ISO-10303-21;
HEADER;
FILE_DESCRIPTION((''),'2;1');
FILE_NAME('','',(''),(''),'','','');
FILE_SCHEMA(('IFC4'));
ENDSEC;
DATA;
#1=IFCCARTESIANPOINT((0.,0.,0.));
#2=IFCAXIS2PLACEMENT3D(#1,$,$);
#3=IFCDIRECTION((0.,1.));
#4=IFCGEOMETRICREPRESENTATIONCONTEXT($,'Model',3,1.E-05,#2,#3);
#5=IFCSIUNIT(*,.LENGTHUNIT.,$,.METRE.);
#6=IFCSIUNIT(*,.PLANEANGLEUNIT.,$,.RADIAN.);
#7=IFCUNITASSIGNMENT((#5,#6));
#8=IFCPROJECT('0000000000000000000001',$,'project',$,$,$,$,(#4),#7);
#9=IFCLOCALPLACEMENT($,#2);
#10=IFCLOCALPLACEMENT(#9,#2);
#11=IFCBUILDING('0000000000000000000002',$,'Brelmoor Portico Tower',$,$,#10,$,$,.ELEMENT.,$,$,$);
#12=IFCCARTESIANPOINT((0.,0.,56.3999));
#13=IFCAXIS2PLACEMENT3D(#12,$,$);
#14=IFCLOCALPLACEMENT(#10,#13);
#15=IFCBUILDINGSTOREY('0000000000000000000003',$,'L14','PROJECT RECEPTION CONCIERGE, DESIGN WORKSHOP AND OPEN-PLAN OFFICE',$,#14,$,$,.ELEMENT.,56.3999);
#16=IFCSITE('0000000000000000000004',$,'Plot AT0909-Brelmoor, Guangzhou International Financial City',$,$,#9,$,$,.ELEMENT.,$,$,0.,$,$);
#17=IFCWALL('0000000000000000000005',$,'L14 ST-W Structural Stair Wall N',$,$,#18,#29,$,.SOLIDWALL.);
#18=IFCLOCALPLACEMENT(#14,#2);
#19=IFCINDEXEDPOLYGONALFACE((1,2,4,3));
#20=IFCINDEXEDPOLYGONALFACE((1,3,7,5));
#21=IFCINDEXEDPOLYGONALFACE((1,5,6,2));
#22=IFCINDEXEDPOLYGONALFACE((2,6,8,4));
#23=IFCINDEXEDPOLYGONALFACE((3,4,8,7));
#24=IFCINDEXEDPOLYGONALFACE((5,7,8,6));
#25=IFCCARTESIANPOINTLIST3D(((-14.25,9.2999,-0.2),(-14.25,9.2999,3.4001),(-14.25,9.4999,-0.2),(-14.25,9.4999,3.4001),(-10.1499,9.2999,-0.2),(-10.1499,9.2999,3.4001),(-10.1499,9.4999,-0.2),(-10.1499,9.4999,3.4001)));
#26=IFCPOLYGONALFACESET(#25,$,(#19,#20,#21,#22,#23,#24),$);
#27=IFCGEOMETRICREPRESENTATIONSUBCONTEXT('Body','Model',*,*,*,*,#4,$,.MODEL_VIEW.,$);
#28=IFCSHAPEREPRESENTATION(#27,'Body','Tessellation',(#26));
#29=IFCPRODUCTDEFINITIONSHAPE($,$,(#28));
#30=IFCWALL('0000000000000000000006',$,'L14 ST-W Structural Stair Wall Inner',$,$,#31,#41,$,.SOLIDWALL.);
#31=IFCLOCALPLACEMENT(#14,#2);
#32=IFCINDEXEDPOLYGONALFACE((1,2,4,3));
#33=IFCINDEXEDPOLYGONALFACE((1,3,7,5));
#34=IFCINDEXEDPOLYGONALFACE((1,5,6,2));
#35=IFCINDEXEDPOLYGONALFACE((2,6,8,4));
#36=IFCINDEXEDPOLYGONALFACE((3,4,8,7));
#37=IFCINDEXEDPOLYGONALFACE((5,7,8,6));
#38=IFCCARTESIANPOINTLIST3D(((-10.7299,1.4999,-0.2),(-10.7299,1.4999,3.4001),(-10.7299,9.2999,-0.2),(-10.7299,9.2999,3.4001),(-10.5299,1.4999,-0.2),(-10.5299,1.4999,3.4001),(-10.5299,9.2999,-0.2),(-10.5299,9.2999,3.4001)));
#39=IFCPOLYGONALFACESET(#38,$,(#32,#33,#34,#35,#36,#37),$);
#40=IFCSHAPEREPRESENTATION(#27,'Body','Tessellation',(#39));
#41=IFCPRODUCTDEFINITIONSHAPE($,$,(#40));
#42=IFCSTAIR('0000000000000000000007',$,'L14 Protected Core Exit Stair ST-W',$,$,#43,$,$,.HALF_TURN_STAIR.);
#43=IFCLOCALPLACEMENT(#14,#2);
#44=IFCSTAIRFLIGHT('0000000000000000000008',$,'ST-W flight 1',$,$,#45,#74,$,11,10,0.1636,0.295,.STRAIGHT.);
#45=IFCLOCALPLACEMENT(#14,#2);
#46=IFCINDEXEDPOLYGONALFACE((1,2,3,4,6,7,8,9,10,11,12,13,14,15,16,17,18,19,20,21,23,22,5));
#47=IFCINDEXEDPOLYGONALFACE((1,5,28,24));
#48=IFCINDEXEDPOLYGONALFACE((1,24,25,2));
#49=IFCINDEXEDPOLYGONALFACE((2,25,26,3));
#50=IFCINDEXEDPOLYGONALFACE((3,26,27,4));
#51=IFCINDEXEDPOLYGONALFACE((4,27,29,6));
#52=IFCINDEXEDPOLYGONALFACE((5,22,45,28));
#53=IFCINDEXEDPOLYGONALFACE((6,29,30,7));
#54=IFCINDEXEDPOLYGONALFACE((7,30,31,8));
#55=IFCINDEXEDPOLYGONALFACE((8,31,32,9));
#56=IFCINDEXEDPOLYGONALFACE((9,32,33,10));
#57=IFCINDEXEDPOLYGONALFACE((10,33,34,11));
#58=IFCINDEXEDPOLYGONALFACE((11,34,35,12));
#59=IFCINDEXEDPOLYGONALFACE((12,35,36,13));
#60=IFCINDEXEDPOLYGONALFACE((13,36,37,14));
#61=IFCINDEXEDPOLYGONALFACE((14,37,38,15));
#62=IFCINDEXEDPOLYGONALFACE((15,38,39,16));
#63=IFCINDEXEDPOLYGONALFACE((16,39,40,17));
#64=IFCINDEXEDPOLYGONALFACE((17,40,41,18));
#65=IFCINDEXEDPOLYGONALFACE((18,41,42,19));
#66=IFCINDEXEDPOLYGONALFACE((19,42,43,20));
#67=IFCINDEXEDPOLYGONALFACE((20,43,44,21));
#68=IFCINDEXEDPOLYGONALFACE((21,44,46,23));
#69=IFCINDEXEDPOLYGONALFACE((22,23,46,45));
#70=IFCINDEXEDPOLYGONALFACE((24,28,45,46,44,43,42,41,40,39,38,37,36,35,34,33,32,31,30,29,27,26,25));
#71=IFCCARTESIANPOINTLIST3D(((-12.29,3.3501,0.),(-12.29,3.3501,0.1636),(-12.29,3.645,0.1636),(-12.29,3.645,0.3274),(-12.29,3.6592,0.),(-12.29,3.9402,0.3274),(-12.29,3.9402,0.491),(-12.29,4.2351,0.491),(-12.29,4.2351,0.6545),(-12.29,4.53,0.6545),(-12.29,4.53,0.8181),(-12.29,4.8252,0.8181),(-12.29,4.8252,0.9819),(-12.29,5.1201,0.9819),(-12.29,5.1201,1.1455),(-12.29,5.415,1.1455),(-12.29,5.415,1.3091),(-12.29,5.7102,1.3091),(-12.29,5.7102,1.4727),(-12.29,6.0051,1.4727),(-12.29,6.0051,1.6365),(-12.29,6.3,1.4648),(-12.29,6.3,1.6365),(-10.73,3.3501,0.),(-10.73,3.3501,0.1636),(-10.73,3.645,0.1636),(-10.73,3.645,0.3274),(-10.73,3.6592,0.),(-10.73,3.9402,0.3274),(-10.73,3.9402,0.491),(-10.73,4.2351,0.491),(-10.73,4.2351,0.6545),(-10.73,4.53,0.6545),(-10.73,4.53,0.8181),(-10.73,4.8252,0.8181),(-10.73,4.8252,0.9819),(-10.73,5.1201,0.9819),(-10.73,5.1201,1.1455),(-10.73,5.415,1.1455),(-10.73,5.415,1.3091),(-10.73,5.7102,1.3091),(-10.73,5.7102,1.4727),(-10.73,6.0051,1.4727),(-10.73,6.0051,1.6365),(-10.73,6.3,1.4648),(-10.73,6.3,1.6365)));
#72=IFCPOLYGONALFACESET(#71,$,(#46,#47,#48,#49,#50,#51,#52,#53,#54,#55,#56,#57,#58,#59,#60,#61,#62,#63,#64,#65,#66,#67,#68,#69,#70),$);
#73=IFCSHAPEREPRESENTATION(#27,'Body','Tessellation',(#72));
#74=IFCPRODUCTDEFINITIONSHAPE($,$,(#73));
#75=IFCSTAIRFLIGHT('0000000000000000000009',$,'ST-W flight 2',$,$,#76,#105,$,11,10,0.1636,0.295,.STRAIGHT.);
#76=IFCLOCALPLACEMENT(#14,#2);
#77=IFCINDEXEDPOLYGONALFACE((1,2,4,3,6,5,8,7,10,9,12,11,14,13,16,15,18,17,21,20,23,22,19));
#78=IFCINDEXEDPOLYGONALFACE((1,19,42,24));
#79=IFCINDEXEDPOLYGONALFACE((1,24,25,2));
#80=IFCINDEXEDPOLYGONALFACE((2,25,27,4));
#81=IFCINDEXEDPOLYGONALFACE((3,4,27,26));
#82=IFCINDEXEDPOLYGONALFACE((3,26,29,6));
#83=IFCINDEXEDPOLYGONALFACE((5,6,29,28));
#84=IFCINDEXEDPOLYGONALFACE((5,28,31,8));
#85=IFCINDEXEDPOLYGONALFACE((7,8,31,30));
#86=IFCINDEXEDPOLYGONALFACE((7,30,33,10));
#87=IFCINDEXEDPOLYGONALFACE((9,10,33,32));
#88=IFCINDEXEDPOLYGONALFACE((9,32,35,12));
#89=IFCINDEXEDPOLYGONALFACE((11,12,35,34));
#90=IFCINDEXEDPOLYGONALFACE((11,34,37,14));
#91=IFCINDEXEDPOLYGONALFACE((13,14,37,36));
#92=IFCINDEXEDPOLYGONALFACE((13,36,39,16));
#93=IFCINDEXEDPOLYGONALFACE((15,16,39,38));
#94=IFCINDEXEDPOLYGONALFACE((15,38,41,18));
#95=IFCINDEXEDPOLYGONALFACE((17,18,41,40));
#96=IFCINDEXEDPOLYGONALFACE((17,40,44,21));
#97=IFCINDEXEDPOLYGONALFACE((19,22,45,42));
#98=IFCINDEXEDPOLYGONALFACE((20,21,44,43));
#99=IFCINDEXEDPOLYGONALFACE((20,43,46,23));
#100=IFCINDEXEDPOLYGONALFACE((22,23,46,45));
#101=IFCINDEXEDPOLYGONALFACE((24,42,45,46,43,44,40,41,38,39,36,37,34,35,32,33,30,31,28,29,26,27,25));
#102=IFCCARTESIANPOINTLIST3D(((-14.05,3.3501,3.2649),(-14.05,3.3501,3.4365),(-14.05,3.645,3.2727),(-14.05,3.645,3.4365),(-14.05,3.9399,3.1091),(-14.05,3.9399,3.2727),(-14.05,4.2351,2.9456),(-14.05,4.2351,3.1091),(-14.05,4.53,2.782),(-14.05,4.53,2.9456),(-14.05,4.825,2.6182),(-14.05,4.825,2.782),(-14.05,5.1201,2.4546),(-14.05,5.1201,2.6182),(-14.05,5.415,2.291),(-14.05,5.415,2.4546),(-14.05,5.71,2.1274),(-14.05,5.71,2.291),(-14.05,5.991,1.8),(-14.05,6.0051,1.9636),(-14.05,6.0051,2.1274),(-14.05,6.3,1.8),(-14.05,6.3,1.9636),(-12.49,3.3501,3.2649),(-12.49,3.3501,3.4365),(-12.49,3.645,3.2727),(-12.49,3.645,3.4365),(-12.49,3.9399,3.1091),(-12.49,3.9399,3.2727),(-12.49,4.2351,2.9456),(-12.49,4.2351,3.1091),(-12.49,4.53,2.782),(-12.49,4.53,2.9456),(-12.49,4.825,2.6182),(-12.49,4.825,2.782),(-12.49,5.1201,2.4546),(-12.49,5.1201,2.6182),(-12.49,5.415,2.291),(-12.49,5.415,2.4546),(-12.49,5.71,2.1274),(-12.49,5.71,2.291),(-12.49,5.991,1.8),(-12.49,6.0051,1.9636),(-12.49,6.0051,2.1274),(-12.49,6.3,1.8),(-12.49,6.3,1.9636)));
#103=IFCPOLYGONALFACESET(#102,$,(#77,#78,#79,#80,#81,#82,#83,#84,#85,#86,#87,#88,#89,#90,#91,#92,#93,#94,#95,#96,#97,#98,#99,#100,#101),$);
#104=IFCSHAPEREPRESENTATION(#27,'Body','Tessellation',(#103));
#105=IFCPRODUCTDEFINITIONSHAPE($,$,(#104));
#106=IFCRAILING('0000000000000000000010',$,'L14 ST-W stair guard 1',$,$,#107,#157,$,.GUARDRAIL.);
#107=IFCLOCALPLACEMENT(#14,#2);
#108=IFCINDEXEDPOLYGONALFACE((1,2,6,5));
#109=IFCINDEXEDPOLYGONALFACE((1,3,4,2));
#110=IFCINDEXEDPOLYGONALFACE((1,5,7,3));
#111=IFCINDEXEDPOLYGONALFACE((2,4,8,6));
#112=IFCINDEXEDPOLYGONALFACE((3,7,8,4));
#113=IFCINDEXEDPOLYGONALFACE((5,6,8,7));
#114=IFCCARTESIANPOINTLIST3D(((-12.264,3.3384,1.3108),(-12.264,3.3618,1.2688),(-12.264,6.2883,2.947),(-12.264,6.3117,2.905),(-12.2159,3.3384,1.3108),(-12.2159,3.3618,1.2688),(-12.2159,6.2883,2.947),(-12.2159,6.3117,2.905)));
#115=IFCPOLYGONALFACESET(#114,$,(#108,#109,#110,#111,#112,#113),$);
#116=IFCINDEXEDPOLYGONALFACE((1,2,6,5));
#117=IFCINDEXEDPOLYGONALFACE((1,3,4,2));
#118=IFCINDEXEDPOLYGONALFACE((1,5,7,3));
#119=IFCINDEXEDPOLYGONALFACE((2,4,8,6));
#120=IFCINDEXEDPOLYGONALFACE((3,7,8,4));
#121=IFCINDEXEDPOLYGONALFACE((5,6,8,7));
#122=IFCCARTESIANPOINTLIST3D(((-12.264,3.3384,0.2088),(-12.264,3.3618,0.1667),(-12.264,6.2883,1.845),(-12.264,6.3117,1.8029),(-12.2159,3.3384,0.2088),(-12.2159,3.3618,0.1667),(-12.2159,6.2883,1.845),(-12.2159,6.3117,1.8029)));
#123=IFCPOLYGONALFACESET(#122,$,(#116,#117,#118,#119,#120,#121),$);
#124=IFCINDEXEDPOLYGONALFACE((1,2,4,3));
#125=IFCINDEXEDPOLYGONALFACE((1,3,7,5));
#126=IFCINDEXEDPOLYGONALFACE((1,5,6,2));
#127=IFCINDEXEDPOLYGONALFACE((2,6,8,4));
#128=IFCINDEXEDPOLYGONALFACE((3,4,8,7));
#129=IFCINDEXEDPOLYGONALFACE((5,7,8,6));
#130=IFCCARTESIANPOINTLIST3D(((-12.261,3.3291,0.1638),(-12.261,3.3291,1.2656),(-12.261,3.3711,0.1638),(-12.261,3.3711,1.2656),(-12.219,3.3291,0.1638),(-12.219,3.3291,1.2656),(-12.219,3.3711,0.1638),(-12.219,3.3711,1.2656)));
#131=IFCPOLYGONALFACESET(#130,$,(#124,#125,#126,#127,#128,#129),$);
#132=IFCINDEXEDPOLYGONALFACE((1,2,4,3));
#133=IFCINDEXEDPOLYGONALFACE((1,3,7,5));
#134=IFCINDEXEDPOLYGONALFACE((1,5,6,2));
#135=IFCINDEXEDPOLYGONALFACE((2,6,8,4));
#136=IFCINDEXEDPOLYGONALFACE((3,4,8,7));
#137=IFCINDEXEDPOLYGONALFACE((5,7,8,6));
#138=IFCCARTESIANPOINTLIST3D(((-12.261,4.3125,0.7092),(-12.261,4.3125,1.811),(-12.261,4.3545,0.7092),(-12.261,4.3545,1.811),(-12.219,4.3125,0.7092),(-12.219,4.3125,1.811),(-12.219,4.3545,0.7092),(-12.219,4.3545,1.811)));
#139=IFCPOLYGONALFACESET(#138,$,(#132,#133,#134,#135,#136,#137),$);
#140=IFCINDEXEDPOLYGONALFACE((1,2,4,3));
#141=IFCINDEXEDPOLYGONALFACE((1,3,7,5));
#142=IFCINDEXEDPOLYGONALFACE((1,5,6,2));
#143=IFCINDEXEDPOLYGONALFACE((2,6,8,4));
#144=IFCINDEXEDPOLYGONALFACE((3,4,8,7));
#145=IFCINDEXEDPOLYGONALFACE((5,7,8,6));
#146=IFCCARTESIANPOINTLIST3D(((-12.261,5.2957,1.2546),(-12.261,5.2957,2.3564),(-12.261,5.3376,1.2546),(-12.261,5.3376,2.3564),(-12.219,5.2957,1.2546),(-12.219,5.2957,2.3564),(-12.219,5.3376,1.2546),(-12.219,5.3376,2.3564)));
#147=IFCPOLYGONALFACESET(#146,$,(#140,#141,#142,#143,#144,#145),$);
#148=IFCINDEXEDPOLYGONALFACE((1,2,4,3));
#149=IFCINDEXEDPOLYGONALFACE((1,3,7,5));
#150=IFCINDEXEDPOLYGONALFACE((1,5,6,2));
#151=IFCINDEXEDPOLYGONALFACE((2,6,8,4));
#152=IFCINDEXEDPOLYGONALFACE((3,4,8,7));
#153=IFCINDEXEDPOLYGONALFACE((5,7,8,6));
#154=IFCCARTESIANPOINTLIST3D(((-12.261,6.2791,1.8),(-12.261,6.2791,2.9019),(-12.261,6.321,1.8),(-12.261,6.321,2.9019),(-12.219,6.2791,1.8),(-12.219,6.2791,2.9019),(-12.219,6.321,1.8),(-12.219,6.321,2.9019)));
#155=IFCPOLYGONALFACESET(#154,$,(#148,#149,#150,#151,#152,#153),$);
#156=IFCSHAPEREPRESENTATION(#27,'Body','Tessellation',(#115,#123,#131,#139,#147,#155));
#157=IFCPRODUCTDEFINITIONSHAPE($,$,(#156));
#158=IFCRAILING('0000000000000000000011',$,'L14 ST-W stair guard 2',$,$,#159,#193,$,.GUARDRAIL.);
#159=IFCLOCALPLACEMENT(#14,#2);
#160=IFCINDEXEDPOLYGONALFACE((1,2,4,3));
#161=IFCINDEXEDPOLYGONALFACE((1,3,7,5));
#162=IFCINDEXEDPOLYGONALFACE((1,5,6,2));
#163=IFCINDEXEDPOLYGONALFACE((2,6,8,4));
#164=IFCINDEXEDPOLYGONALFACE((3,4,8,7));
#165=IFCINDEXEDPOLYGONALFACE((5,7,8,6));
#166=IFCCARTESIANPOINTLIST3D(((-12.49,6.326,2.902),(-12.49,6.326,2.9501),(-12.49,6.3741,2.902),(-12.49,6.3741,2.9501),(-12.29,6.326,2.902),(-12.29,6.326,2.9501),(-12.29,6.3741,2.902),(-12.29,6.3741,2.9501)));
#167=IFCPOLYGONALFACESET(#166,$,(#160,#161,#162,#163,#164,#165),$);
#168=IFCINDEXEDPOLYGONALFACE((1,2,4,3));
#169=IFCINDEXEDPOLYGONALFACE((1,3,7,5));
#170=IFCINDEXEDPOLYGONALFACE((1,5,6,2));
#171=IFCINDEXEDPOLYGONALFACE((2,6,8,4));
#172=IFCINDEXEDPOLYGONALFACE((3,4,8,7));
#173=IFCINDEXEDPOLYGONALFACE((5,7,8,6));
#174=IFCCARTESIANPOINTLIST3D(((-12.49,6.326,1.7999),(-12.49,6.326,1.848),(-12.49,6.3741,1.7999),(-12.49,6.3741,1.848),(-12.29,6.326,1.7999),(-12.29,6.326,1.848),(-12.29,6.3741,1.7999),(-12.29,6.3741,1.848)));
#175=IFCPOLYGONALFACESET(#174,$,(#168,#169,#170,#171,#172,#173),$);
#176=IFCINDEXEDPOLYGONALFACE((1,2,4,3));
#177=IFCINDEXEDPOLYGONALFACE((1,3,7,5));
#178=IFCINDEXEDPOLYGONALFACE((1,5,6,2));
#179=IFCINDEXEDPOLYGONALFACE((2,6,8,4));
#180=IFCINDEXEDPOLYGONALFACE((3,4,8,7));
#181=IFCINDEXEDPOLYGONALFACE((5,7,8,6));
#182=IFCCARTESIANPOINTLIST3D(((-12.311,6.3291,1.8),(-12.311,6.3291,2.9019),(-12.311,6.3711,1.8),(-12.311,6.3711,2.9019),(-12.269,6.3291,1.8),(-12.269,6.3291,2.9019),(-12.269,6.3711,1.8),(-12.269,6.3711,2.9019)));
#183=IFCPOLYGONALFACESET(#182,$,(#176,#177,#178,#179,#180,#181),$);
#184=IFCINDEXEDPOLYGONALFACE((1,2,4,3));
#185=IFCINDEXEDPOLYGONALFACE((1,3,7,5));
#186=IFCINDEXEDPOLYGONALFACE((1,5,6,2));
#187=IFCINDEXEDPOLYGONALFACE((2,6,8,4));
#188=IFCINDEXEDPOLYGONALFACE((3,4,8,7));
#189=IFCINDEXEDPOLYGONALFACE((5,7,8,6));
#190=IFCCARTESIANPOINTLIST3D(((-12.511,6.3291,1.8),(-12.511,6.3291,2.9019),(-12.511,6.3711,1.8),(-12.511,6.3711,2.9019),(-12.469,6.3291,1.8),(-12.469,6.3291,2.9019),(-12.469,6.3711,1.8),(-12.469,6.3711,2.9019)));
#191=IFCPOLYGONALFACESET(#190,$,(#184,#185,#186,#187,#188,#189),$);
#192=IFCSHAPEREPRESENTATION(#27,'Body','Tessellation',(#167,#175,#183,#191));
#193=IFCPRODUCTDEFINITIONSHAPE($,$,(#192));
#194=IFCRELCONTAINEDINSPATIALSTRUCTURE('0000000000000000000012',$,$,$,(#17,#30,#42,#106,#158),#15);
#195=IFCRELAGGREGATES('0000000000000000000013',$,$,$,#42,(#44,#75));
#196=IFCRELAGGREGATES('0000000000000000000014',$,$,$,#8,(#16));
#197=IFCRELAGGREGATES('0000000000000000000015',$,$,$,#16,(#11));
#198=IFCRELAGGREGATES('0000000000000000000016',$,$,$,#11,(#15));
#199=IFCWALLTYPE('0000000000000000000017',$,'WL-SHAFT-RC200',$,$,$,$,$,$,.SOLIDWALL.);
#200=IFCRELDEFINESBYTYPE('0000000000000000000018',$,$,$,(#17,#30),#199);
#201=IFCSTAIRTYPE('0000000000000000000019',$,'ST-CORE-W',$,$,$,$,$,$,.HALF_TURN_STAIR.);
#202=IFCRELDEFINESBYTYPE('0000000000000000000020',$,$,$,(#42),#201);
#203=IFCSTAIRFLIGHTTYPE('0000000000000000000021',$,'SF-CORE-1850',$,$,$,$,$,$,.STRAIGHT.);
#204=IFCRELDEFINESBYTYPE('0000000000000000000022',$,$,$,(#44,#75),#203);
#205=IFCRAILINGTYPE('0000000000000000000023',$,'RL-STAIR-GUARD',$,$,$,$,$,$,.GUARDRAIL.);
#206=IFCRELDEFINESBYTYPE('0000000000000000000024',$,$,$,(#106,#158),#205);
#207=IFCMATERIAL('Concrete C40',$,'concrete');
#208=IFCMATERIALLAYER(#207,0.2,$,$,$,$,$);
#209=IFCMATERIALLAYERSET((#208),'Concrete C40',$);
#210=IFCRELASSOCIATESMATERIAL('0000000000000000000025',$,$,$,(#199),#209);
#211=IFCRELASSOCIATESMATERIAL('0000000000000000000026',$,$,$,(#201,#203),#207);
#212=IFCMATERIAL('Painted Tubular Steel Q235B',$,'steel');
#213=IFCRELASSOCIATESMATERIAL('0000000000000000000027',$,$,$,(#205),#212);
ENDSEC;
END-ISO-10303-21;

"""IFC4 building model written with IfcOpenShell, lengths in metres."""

from ifc_helpers import new_model, si_unit, direction, frame, frame_2d, origin, origin_2d, place, context, subcontext, project, spatial, polyline, rectangle, outline, extrude, material, layer, layer_set, type_object, element, aggregate, save


model = new_model("IFC4")

# Units and contexts
model_context = context("Model", 3, precision=1e-05, world=origin(), true_north=direction((0.0, 1.0)))
body_context = subcontext(model_context, "Body", "Model", "MODEL_VIEW")
ifc_project = project(units=[si_unit("LENGTHUNIT", "METRE"), si_unit("PLANEANGLEUNIT", "RADIAN")], contexts=[model_context])

# Site, building, storey
site_placement = place(None, origin())
site = spatial("IfcSite", under=ifc_project, at=site_placement, Name="Plot AT0909-Brelmoor, Guangzhou International Financial City", CompositionType="ELEMENT", RefElevation=0.0)
building_placement = place(site_placement, origin())
building = spatial("IfcBuilding", under=site, at=building_placement, Name="Brelmoor Portico Tower", CompositionType="ELEMENT")
storey_placement = place(building_placement, frame((0.0, 0.0, 56.3999)))
storey = spatial("IfcBuildingStorey", under=building, at=storey_placement, Name="L14", Description="PROJECT RECEPTION CONCIERGE, DESIGN WORKSHOP AND OPEN-PLAN OFFICE", CompositionType="ELEMENT", Elevation=56.3999)

# Shared definitions
ifc_material_1 = material(Name="Concrete C40", Category="concrete")
ifc_layer_1 = layer(ifc_material_1, 0.2)
ifc_layer_set_1 = layer_set([ifc_layer_1], Name="Concrete C40")
wall_type_1 = type_object("IfcWallType", Name="WL-SHAFT-RC200", PredefinedType="SOLIDWALL", material=ifc_layer_set_1)

# Walls
wall_1_placement = place(storey_placement, frame((-14.25, 9.3999, -0.2), z_axis=(0.0, 0.0, 1.0), x_axis=(1.0, 0.0, 0.0)))
element("IfcWall", 1, at=wall_1_placement, inside=storey, type_object=wall_type_1, Name="L14 ST-W Structural Stair Wall N", PredefinedType="SOLIDWALL", context=body_context, shape_type="SweptSolid", body=[
    extrude(rectangle(XDim=4.1001, YDim=0.2, at=frame_2d((2.05, 0.0))), origin(), (0.0, 0.0, 1.0), 3.6001),
])
wall_2_placement = place(storey_placement, frame((-10.6299, 1.5, -0.2), z_axis=(0.0, 0.0, 1.0), x_axis=(0.0, 1.0, 0.0)))
element("IfcWall", 2, at=wall_2_placement, inside=storey, type_object=wall_type_1, Name="L14 ST-W Structural Stair Wall Inner", PredefinedType="SOLIDWALL", context=body_context, shape_type="SweptSolid", body=[
    extrude(rectangle(XDim=7.8, YDim=0.2, at=frame_2d((3.8999, 0.0))), origin(), (0.0, 0.0, 1.0), 3.6001),
])

# Stair, stair flights
stair_type = type_object("IfcStairType", Name="ST-CORE-W", PredefinedType="HALF_TURN_STAIR", material=ifc_material_1)
stair_placement = place(storey_placement, origin())
stair = element("IfcStair", 3, at=stair_placement, inside=storey, type_object=stair_type, Name="L14 Protected Core Exit Stair ST-W", PredefinedType="HALF_TURN_STAIR")
stair_flight_type = type_object("IfcStairFlightType", Name="SF-CORE-1850", PredefinedType="STRAIGHT", material=ifc_material_1)
stair_flight_1_placement = place(storey_placement, frame((-11.51, 3.3501, 0.0), z_axis=(0.0, 0.0, 1.0), x_axis=(0.0, 1.0, 0.0)))
stair_flight_1 = element("IfcStairFlight", 4, at=stair_flight_1_placement, type_object=stair_flight_type, Name="ST-W flight 1", NumberOfRisers=11, NumberOfTreads=10, PredefinedType="STRAIGHT", RiserHeight=0.1636, TreadLength=0.295, context=body_context, shape_type="SweptSolid", body=[
    extrude(outline(polyline([(0.0, 0.0), (0.0, 0.1636), (0.2949, 0.1636), (0.2949, 0.3274), (0.5901, 0.3274), (0.5901, 0.491), (0.885, 0.491), (0.885, 0.6545), (1.1799, 0.6545), (1.1799, 0.8181), (1.4751, 0.8181), (1.4751, 0.9819), (1.77, 0.9819), (1.77, 1.1455), (2.0649, 1.1455), (2.0649, 1.3091), (2.3601, 1.3091), (2.3601, 1.4727), (2.655, 1.4727), (2.655, 1.6365), (2.95, 1.6365), (2.95, 1.8), (2.95, 1.4648), (0.3091, 0.0), (0.0, 0.0)])), frame((0.0, 0.78, 0.0), z_axis=(0.0, -1.0, 0.0), x_axis=(1.0, 0.0, 0.0)), (0.0, 0.0, 1.0), 1.5601),
])
stair_flight_2_placement = place(storey_placement, frame((-13.27, 6.3, 1.8), z_axis=(0.0, 0.0, 1.0), x_axis=(0.0, -1.0, 0.0)))
stair_flight_2 = element("IfcStairFlight", 5, at=stair_flight_2_placement, type_object=stair_flight_type, Name="ST-W flight 2", NumberOfRisers=11, NumberOfTreads=10, PredefinedType="STRAIGHT", RiserHeight=0.1636, TreadLength=0.295, context=body_context, shape_type="SweptSolid", body=[
    extrude(outline(polyline([(0.0, 0.0), (0.0, 0.1636), (0.2949, 0.1636), (0.2949, 0.3274), (0.5901, 0.3274), (0.5901, 0.491), (0.885, 0.491), (0.885, 0.6545), (1.1799, 0.6545), (1.1799, 0.8181), (1.4751, 0.8181), (1.4751, 0.9819), (1.77, 0.9819), (1.77, 1.1455), (2.0649, 1.1455), (2.0649, 1.3091), (2.3601, 1.3091), (2.3601, 1.4727), (2.655, 1.4727), (2.655, 1.6365), (2.95, 1.6365), (2.95, 1.8), (2.95, 1.4648), (0.3091, 0.0), (0.0, 0.0)])), frame((0.0, 0.78, 0.0), z_axis=(0.0, -1.0, 0.0), x_axis=(1.0, 0.0, 0.0)), (0.0, 0.0, 1.0), 1.5601),
])
aggregate(stair, [stair_flight_1, stair_flight_2])

# Railings
ifc_material_2 = material(Name="Painted Tubular Steel Q235B", Category="steel")
railing_type_1 = type_object("IfcRailingType", Name="RL-STAIR-GUARD", PredefinedType="GUARDRAIL", material=ifc_material_2)
railing_1_placement = place(storey_placement, frame((-12.24, 3.3501, 0.1638)))
element("IfcRailing", 6, at=railing_1_placement, inside=storey, type_object=railing_type_1, Name="L14 ST-W stair guard 1", PredefinedType="GUARDRAIL", context=body_context, shape_type="SweptSolid", body=[
    extrude(rectangle(XDim=0.0481, YDim=0.0481, at=origin_2d()), frame((0.0, 0.0, 1.126), z_axis=(0.0, 0.874488, 0.485047), x_axis=(-1.0, 0.0, 0.0)), (0.0, 0.0, 1.0), 3.3733),
    extrude(rectangle(XDim=0.0481, YDim=0.0481, at=origin_2d()), frame((0.0, 0.0, 0.0239), z_axis=(0.0, 0.874488, 0.485047), x_axis=(-1.0, 0.0, 0.0)), (0.0, 0.0, 1.0), 3.3733),
    extrude(rectangle(XDim=0.042, YDim=0.042, at=origin_2d()), origin(), (0.0, 0.0, 1.0), 1.1018),
    extrude(rectangle(XDim=0.042, YDim=0.042, at=origin_2d()), frame((0.0, 0.9834, 0.5454)), (0.0, 0.0, 1.0), 1.1018),
    extrude(rectangle(XDim=0.042, YDim=0.042, at=origin_2d()), frame((0.0, 1.9666, 1.0908)), (0.0, 0.0, 1.0), 1.1018),
    extrude(rectangle(XDim=0.042, YDim=0.042, at=origin_2d()), frame((0.0, 2.95, 1.6362)), (0.0, 0.0, 1.0), 1.1018),
])
railing_2_placement = place(storey_placement, frame((-12.29, 6.3501, 1.8)))
element("IfcRailing", 7, at=railing_2_placement, inside=storey, type_object=railing_type_1, Name="L14 ST-W stair guard 2", PredefinedType="GUARDRAIL", context=body_context, shape_type="SweptSolid", body=[
    extrude(rectangle(XDim=0.0481, YDim=0.0481, at=origin_2d()), frame((0.0, 0.0, 1.126), z_axis=(-1.0, 0.0, 0.0), x_axis=(0.0, -1.0, 0.0)), (0.0, 0.0, 1.0), 0.2),
    extrude(rectangle(XDim=0.0481, YDim=0.0481, at=origin_2d()), frame((0.0, 0.0, 0.0239), z_axis=(-1.0, 0.0, 0.0), x_axis=(0.0, -1.0, 0.0)), (0.0, 0.0, 1.0), 0.2),
    extrude(rectangle(XDim=0.042, YDim=0.042, at=origin_2d()), origin(), (0.0, 0.0, 1.0), 1.1018),
    extrude(rectangle(XDim=0.042, YDim=0.042, at=origin_2d()), frame((-0.2, 0.0, 0.0)), (0.0, 0.0, 1.0), 1.1018),
])

save(model, "model.ifc")
